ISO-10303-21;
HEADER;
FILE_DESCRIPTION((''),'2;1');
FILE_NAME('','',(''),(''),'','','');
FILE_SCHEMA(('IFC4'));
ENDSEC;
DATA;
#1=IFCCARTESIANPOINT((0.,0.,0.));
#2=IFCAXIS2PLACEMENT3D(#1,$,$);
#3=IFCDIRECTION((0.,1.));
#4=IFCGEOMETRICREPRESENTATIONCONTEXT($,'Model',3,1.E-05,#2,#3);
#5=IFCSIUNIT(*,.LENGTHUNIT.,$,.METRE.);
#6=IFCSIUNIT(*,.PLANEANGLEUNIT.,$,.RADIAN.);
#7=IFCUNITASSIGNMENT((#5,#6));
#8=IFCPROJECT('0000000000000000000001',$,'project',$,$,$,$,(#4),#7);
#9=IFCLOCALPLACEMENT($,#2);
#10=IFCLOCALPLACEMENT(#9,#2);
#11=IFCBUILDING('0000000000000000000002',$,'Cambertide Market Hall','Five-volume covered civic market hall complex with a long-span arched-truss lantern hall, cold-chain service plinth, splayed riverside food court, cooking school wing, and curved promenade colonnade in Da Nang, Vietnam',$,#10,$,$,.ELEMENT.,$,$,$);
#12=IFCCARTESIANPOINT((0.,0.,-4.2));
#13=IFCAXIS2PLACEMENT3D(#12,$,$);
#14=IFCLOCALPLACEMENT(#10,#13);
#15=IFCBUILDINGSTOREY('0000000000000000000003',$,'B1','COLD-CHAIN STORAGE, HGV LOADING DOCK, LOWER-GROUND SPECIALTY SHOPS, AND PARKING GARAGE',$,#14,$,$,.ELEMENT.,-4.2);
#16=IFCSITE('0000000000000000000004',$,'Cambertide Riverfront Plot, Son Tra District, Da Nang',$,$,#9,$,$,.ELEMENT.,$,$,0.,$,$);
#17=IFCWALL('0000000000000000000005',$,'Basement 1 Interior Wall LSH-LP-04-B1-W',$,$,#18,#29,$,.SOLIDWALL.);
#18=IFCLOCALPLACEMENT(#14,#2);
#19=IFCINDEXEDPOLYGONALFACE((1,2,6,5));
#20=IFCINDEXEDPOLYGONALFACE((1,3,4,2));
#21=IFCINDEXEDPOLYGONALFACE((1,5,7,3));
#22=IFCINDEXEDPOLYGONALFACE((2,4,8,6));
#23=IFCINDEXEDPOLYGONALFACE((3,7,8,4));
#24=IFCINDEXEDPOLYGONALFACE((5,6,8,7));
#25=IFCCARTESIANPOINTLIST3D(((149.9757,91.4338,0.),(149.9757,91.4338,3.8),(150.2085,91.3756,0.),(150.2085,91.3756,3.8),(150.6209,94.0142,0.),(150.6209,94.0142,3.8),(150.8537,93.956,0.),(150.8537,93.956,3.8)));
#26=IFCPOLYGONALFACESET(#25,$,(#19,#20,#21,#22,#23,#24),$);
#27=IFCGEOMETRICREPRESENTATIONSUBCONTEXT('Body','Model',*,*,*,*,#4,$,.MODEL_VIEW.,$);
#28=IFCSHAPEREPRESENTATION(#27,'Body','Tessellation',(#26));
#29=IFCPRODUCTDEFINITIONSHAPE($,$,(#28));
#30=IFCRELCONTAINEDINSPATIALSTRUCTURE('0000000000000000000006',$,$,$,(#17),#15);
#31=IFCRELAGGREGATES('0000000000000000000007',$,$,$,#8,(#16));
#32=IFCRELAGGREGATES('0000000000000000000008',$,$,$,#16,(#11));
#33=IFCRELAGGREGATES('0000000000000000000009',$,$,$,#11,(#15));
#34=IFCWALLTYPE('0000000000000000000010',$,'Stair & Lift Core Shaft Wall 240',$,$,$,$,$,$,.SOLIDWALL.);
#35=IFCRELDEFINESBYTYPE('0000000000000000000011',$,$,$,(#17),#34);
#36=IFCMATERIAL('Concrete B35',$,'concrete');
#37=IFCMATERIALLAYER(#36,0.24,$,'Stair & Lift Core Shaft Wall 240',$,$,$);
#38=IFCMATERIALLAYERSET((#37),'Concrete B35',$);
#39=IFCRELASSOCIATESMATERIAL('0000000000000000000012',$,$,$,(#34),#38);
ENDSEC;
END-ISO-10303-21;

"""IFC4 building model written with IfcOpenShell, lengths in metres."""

from ifc_helpers import new_model, si_unit, direction, frame, frame_2d, origin, place, context, subcontext, project, spatial, rectangle, extrude, material, layer, layer_set, type_object, element, save


model = new_model("IFC4")

# Units and contexts
model_context = context("Model", 3, precision=1e-05, world=origin(), true_north=direction((0.0, 1.0)))
body_context = subcontext(model_context, "Body", "Model", "MODEL_VIEW")
ifc_project = project(units=[si_unit("LENGTHUNIT", "METRE"), si_unit("PLANEANGLEUNIT", "RADIAN")], contexts=[model_context])

# Site, building, storey
site_placement = place(None, origin())
site = spatial("IfcSite", under=ifc_project, at=site_placement, Name="Cambertide Riverfront Plot, Son Tra District, Da Nang", CompositionType="ELEMENT", RefElevation=0.0)
building_placement = place(site_placement, origin())
building = spatial("IfcBuilding", under=site, at=building_placement, Name="Cambertide Market Hall", Description="Five-volume covered civic market hall complex with a long-span arched-truss lantern hall, cold-chain service plinth, splayed riverside food court, cooking school wing, and curved promenade colonnade in Da Nang, Vietnam", CompositionType="ELEMENT")
storey_placement = place(building_placement, frame((0.0, 0.0, -4.2)))
storey = spatial("IfcBuildingStorey", under=building, at=storey_placement, Name="B1", Description="COLD-CHAIN STORAGE, HGV LOADING DOCK, LOWER-GROUND SPECIALTY SHOPS, AND PARKING GARAGE", CompositionType="ELEMENT", Elevation=-4.2)

# Shared definitions
ifc_material_1 = material(Name="Concrete B35", Category="concrete")
ifc_layer_1 = layer(ifc_material_1, 0.24, Name="Stair & Lift Core Shaft Wall 240")
ifc_layer_set_1 = layer_set([ifc_layer_1], Name="Concrete B35")
wall_type_1 = type_object("IfcWallType", Name="Stair & Lift Core Shaft Wall 240", PredefinedType="SOLIDWALL", material=ifc_layer_set_1)

# Wall
wall_1_placement = place(storey_placement, frame((150.092, 91.4045, 0.0), z_axis=(0.0, 0.0, 1.0), x_axis=(0.242579, 0.970132, 0.0)))
element("IfcWall", 1, at=wall_1_placement, inside=storey, type_object=wall_type_1, Name="Basement 1 Interior Wall LSH-LP-04-B1-W", PredefinedType="SOLIDWALL", context=body_context, shape_type="SweptSolid", body=[
    extrude(rectangle(XDim=2.6599, YDim=0.24, at=frame_2d((1.3301, 0.0))), origin(), (0.0, 0.0, 1.0), 3.8),
])

save(model, "model.ifc")
